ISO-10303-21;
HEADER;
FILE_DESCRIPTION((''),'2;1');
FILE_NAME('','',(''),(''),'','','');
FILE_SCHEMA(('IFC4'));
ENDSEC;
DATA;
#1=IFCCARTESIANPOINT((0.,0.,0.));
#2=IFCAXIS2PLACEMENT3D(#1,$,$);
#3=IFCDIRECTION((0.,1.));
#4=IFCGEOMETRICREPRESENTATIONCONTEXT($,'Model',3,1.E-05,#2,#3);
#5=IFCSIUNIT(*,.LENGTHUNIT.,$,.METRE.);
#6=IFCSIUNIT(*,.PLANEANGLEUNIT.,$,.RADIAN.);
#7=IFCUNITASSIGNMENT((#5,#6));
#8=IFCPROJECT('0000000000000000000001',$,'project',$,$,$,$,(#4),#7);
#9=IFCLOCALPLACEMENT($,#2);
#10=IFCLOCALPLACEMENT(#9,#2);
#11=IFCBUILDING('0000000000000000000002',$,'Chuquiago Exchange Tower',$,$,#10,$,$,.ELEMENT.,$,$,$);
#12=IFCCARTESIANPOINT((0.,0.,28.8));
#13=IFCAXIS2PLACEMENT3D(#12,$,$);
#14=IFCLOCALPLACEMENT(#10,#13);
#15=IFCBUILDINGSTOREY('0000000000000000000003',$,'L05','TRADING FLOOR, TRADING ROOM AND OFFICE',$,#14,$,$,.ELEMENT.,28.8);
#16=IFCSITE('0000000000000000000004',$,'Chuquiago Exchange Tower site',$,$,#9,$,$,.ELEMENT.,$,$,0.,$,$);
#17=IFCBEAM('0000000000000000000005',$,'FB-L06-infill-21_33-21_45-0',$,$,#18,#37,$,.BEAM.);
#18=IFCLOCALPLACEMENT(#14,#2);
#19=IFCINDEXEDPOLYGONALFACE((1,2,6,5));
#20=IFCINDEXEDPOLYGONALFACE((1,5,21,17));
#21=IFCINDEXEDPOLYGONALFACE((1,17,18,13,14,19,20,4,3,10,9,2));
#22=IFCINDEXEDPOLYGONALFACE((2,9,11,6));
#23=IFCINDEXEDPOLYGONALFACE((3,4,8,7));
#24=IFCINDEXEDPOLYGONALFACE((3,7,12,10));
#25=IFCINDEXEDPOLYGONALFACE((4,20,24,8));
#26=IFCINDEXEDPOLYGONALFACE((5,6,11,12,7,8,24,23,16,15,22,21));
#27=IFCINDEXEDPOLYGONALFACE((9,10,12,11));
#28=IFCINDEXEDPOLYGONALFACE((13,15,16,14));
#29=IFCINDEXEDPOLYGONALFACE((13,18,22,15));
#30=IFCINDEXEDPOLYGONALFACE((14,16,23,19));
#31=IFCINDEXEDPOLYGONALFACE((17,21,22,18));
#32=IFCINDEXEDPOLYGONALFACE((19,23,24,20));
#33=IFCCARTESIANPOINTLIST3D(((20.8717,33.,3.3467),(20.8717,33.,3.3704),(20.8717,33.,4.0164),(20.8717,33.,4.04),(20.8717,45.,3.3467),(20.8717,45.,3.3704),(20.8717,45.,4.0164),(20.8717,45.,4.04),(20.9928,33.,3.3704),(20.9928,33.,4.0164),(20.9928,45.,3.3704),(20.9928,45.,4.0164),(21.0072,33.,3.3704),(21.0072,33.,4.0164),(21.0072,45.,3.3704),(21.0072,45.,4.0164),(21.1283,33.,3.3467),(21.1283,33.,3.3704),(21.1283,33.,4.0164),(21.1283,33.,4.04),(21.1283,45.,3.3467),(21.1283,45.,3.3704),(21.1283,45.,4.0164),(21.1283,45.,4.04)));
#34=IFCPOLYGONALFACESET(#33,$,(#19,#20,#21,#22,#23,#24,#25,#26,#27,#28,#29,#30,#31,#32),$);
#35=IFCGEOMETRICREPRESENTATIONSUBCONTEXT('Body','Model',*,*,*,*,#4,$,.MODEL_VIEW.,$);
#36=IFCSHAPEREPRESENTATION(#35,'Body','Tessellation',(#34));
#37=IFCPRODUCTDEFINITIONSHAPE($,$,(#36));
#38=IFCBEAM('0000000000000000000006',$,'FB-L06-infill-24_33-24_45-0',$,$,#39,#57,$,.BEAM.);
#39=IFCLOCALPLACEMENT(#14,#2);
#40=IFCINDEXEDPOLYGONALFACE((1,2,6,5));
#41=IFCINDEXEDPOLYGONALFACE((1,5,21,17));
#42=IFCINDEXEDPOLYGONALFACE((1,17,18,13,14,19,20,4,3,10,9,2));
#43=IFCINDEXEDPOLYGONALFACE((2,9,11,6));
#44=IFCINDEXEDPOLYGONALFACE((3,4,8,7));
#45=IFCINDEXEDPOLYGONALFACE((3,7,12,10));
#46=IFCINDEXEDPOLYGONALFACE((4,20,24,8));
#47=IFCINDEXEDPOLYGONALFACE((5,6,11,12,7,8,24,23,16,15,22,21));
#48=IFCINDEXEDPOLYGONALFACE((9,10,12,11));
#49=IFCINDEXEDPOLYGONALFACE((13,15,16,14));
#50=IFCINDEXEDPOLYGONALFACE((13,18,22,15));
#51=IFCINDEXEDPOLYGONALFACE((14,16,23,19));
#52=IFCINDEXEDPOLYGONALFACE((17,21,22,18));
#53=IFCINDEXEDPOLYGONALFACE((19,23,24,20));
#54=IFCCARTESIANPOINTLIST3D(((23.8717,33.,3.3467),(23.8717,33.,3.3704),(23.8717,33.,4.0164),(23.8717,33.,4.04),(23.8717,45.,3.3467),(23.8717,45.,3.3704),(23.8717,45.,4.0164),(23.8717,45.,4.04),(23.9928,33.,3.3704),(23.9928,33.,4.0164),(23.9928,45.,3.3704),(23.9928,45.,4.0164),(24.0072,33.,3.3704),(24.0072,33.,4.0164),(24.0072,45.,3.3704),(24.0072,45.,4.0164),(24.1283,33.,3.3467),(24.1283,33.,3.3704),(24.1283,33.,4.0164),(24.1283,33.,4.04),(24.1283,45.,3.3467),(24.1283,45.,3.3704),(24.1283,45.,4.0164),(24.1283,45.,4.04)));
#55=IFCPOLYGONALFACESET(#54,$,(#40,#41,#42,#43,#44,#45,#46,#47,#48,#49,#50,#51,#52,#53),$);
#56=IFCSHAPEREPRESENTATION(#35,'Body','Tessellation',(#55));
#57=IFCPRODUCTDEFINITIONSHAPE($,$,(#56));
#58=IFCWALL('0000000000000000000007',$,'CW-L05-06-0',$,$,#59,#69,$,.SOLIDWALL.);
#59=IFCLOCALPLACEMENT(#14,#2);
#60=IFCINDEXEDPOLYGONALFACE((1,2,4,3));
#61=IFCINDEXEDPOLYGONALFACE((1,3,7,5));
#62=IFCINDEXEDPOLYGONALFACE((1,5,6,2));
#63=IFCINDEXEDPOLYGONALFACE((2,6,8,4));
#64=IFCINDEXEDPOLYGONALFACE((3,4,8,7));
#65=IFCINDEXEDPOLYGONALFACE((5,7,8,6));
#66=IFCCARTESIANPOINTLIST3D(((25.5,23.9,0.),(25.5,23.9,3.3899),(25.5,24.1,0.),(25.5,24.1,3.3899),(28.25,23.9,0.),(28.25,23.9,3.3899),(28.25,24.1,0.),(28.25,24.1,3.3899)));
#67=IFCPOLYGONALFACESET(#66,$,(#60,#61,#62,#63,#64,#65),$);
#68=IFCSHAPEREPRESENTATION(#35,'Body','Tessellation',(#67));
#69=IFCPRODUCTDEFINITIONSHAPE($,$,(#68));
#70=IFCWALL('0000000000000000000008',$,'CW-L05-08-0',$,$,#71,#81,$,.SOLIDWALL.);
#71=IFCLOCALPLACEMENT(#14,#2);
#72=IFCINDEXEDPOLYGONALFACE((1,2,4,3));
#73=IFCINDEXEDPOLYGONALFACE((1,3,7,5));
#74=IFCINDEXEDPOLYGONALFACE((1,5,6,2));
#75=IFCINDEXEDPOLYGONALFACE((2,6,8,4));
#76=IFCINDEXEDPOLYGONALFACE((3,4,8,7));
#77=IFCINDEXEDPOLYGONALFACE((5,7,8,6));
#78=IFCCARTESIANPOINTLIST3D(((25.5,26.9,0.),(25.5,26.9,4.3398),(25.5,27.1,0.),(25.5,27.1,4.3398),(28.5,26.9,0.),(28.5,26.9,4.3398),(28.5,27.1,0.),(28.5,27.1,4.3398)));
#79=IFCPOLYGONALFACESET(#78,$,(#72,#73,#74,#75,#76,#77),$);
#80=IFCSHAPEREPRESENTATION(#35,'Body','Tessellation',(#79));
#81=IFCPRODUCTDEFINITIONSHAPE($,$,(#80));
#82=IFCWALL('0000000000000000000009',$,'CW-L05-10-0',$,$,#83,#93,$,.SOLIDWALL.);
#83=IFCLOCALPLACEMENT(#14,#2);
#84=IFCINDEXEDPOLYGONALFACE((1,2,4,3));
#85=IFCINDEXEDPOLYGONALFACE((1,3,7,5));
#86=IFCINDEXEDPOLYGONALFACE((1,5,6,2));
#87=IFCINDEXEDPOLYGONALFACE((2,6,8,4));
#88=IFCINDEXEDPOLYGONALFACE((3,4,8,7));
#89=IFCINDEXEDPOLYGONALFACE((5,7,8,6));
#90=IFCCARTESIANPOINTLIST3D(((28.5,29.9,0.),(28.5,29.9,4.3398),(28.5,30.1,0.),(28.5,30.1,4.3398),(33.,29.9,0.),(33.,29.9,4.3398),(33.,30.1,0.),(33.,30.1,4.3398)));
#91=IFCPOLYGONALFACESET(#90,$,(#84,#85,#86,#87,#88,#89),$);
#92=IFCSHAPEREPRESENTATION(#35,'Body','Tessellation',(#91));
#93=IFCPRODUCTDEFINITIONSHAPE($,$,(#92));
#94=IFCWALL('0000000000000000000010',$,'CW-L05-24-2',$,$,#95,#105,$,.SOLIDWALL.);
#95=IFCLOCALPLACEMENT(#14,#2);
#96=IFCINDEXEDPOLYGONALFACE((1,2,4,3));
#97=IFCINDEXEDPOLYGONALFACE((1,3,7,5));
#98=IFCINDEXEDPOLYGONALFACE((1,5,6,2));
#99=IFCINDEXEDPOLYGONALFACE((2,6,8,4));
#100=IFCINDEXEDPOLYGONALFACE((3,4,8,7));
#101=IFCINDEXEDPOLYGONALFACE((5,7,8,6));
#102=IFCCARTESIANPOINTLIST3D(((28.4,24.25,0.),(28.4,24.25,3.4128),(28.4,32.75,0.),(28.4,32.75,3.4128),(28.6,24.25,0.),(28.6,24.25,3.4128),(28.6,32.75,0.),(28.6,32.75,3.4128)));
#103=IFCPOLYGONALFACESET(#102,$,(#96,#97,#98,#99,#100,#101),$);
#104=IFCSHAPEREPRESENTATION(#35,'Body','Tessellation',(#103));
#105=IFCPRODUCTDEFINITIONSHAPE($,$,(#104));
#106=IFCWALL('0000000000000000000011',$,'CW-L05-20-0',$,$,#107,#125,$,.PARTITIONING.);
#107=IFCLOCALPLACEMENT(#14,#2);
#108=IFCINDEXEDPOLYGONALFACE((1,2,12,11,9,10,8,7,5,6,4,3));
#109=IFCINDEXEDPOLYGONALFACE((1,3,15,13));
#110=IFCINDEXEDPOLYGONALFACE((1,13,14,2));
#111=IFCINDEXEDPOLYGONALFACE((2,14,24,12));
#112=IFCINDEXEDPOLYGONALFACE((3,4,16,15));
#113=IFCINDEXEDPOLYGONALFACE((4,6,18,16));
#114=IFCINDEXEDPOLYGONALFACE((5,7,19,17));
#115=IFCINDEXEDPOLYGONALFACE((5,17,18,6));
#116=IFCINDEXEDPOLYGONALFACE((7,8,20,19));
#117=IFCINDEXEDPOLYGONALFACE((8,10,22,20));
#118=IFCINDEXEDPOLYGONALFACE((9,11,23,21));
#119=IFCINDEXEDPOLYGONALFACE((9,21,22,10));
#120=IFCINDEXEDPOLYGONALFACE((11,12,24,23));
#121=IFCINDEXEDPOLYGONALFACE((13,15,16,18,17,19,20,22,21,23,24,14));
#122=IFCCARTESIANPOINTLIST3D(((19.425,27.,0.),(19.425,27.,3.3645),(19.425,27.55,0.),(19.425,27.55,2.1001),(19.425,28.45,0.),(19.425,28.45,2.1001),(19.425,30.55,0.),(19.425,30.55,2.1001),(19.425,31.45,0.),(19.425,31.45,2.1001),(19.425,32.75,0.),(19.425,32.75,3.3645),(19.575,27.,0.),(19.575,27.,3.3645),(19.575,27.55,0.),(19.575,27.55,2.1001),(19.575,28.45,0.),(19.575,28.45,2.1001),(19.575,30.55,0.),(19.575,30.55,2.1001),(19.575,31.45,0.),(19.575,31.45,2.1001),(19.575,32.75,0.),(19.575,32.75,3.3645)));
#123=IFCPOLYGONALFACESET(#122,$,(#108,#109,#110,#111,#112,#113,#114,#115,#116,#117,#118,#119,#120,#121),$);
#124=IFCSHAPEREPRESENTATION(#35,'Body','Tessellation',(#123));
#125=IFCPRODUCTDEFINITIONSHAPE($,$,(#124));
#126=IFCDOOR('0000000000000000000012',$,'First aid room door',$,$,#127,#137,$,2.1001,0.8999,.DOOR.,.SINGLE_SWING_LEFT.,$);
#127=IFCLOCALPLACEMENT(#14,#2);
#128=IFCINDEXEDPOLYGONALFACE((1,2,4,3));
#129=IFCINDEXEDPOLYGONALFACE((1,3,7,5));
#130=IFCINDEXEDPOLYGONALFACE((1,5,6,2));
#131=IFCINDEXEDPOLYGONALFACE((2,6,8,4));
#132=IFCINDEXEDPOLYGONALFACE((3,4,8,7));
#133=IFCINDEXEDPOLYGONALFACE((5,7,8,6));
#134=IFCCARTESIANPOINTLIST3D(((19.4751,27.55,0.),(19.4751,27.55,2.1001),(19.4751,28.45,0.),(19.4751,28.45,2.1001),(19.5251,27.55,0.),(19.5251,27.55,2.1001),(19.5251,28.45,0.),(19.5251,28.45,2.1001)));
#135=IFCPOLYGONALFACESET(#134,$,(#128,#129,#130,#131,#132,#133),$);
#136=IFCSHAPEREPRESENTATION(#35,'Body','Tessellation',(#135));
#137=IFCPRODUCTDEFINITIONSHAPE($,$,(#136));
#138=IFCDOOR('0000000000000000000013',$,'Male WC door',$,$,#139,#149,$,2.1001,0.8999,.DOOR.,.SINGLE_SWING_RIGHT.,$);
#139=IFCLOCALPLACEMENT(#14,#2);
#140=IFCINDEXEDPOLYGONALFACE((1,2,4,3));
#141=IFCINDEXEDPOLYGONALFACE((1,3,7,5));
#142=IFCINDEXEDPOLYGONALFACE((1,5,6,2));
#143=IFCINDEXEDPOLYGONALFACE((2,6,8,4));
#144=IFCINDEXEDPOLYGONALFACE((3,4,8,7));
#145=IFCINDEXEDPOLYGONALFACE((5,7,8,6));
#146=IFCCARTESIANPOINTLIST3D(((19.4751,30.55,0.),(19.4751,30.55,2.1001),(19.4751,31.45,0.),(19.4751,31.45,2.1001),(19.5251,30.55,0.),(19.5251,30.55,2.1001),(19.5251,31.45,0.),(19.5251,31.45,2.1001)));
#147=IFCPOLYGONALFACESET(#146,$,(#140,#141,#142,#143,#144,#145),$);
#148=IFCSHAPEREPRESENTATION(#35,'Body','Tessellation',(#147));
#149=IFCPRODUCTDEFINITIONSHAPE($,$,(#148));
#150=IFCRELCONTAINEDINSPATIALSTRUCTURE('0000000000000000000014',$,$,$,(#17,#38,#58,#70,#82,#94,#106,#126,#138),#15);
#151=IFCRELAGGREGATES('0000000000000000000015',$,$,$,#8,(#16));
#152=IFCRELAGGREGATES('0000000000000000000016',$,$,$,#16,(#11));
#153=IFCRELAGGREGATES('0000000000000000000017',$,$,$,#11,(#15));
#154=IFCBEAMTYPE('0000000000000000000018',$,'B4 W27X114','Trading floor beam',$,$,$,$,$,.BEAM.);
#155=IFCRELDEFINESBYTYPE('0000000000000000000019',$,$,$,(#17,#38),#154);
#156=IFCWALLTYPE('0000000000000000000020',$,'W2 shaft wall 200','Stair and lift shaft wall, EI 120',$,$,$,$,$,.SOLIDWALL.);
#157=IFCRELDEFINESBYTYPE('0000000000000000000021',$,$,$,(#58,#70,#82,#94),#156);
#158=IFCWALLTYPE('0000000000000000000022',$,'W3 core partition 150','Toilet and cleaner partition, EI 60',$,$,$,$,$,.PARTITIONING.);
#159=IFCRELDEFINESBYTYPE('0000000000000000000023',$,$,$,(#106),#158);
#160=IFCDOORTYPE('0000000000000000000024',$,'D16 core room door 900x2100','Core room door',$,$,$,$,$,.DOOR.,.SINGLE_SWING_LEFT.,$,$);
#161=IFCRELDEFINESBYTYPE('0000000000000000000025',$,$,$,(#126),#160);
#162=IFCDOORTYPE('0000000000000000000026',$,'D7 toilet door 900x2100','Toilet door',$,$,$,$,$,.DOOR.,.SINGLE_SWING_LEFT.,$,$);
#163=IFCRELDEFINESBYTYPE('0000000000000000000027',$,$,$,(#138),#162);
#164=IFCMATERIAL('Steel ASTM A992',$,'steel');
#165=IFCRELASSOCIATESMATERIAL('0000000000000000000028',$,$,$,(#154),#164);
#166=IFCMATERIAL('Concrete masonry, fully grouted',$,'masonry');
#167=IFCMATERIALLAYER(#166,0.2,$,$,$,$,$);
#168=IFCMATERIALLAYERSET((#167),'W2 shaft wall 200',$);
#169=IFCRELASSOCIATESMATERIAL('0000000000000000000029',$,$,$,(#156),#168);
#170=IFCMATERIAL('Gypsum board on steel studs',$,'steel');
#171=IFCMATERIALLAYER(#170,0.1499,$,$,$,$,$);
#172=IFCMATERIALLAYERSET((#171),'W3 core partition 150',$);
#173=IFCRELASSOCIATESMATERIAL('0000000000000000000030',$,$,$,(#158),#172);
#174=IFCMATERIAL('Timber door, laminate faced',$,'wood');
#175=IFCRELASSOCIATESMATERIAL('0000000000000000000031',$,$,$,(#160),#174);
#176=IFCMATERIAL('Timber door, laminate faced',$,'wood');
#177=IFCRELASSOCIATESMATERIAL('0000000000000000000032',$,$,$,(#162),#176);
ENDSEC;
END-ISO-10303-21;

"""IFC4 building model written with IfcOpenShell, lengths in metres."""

from ifc_helpers import new_model, si_unit, direction, frame, frame_2d, origin, origin_2d, place, context, subcontext, project, spatial, rectangle, i_section, extrude, material, layer, layer_set, material_profile, profile_set, type_object, element, fill, save


model = new_model("IFC4")

# Units and contexts
model_context = context("Model", 3, precision=1e-05, world=origin(), true_north=direction((0.0, 1.0)))
body_context = subcontext(model_context, "Body", "Model", "MODEL_VIEW")
ifc_project = project(units=[si_unit("LENGTHUNIT", "METRE"), si_unit("PLANEANGLEUNIT", "RADIAN")], contexts=[model_context])

# Site, building, storey
site_placement = place(None, origin())
site = spatial("IfcSite", under=ifc_project, at=site_placement, Name="Chuquiago Exchange Tower site", CompositionType="ELEMENT", RefElevation=0.0)
building_placement = place(site_placement, origin())
building = spatial("IfcBuilding", under=site, at=building_placement, Name="Chuquiago Exchange Tower", CompositionType="ELEMENT")
storey_placement = place(building_placement, frame((0.0, 0.0, 28.8)))
storey = spatial("IfcBuildingStorey", under=building, at=storey_placement, Name="L05", Description="TRADING FLOOR, TRADING ROOM AND OFFICE", CompositionType="ELEMENT", Elevation=28.8)

# Beams
ifc_material_1 = material(Name="Steel ASTM A992", Category="steel")
ifc_material_profile_1 = material_profile(ifc_material_1, i_section(OverallWidth=0.2566, OverallDepth=0.6934, WebThickness=0.0144, FlangeThickness=0.0237, at=origin_2d()), Name="W27X114")
ifc_profile_set_1 = profile_set([ifc_material_profile_1], Name="Steel ASTM A992")
beam_type_1 = type_object("IfcBeamType", Name="B4 W27X114", Description="Trading floor beam", PredefinedType="BEAM", material=ifc_profile_set_1)
for number, where, z_axis, x_axis, name in (
    (1, (21.0, 33.0, 3.6934), (0.0, 1.0, 0.0), (-1.0, 0.0, 0.0), "FB-L06-infill-21_33-21_45-0"),
    (2, (24.0, 33.0, 3.6934), (0.0, 1.0, 0.0), (-1.0, 0.0, 0.0), "FB-L06-infill-24_33-24_45-0"),
):
    element("IfcBeam", number, at=place(storey_placement, frame(where, z_axis=z_axis, x_axis=x_axis)), inside=storey, type_object=beam_type_1, Name=name, PredefinedType="BEAM", context=body_context, shape_type="SweptSolid", body=[
        extrude(i_section(OverallWidth=0.2566, OverallDepth=0.6934, WebThickness=0.0144, FlangeThickness=0.0237, at=origin_2d()), origin(), (0.0, 0.0, 1.0), 12.0),
    ])

# Walls
ifc_material_2 = material(Name="Concrete masonry, fully grouted", Category="masonry")
ifc_layer_1 = layer(ifc_material_2, 0.2)
ifc_layer_set_1 = layer_set([ifc_layer_1], Name="W2 shaft wall 200")
wall_type_1 = type_object("IfcWallType", Name="W2 shaft wall 200", Description="Stair and lift shaft wall, EI 120", PredefinedType="SOLIDWALL", material=ifc_layer_set_1)
wall_1_placement = place(storey_placement, frame((25.5, 24.0, 0.0), z_axis=(0.0, 0.0, 1.0), x_axis=(1.0, 0.0, 0.0)))
element("IfcWall", 3, at=wall_1_placement, inside=storey, type_object=wall_type_1, Name="CW-L05-06-0", PredefinedType="SOLIDWALL", context=body_context, shape_type="SweptSolid", body=[
    extrude(rectangle(XDim=2.75, YDim=0.2, at=frame_2d((1.375, 0.0))), origin(), (0.0, 0.0, 1.0), 3.3899),
])
wall_2_placement = place(storey_placement, frame((25.5, 27.0, 0.0), z_axis=(0.0, 0.0, 1.0), x_axis=(1.0, 0.0, 0.0)))
element("IfcWall", 4, at=wall_2_placement, inside=storey, type_object=wall_type_1, Name="CW-L05-08-0", PredefinedType="SOLIDWALL", context=body_context, shape_type="SweptSolid", body=[
    extrude(rectangle(XDim=3.0, YDim=0.2, at=frame_2d((1.5, 0.0))), origin(), (0.0, 0.0, 1.0), 4.3398),
])
wall_3_placement = place(storey_placement, frame((28.5, 30.0, 0.0), z_axis=(0.0, 0.0, 1.0), x_axis=(1.0, 0.0, 0.0)))
element("IfcWall", 5, at=wall_3_placement, inside=storey, type_object=wall_type_1, Name="CW-L05-10-0", PredefinedType="SOLIDWALL", context=body_context, shape_type="SweptSolid", body=[
    extrude(rectangle(XDim=4.5, YDim=0.2, at=frame_2d((2.25, 0.0))), origin(), (0.0, 0.0, 1.0), 4.3398),
])
wall_4_placement = place(storey_placement, frame((28.5, 24.25, 0.0), z_axis=(0.0, 0.0, 1.0), x_axis=(0.0, 1.0, 0.0)))
element("IfcWall", 6, at=wall_4_placement, inside=storey, type_object=wall_type_1, Name="CW-L05-24-2", PredefinedType="SOLIDWALL", context=body_context, shape_type="SweptSolid", body=[
    extrude(rectangle(XDim=8.5, YDim=0.2, at=frame_2d((4.25, 0.0))), origin(), (0.0, 0.0, 1.0), 3.4128),
])

# Wall, openings, doors
ifc_material_3 = material(Name="Gypsum board on steel studs", Category="steel")
ifc_layer_2 = layer(ifc_material_3, 0.1499)
ifc_layer_set_2 = layer_set([ifc_layer_2], Name="W3 core partition 150")
wall_type_2 = type_object("IfcWallType", Name="W3 core partition 150", Description="Toilet and cleaner partition, EI 60", PredefinedType="PARTITIONING", material=ifc_layer_set_2)
wall_5_placement = place(storey_placement, frame((19.5, 27.0, 0.0), z_axis=(0.0, 0.0, 1.0), x_axis=(0.0, 1.0, 0.0)))
wall_5 = element("IfcWall", 7, at=wall_5_placement, inside=storey, type_object=wall_type_2, Name="CW-L05-20-0", PredefinedType="PARTITIONING", context=body_context, shape_type="SweptSolid", body=[
    extrude(rectangle(XDim=5.75, YDim=0.1499, at=frame_2d((2.875, 0.0))), origin(), (0.0, 0.0, 1.0), 3.3645),
])
opening_1_placement = place(wall_5_placement, frame((0.55, 0.0, 0.0)))
opening_1 = element("IfcOpeningElement", 8, at=opening_1_placement, cuts=wall_5, PredefinedType="OPENING", context=body_context, shape_type="SweptSolid", body=[
    extrude(rectangle(XDim=0.8999, YDim=2.1001, at=frame_2d((0.45, 1.05))), frame((0.0, 0.085, 0.0), z_axis=(0.0, -1.0, 0.0), x_axis=(1.0, 0.0, 0.0)), (0.0, 0.0, 1.0), 0.1699),
])
opening_2_placement = place(wall_5_placement, frame((3.55, 0.0, 0.0)))
opening_2 = element("IfcOpeningElement", 9, at=opening_2_placement, cuts=wall_5, PredefinedType="OPENING", context=body_context, shape_type="SweptSolid", body=[
    extrude(rectangle(XDim=0.8999, YDim=2.1001, at=frame_2d((0.45, 1.05))), frame((0.0, 0.085, 0.0), z_axis=(0.0, -1.0, 0.0), x_axis=(1.0, 0.0, 0.0)), (0.0, 0.0, 1.0), 0.1699),
])
ifc_material_4 = material(Name="Timber door, laminate faced", Category="wood")
door_type_1 = type_object("IfcDoorType", Name="D16 core room door 900x2100", Description="Core room door", OperationType="SINGLE_SWING_LEFT", PredefinedType="DOOR", material=ifc_material_4)
door_1_placement = place(opening_1_placement, origin())
door_1 = element("IfcDoor", 10, at=door_1_placement, inside=storey, type_object=door_type_1, Name="First aid room door", OperationType="SINGLE_SWING_LEFT", OverallHeight=2.1001, OverallWidth=0.8999, PredefinedType="DOOR", context=body_context, shape_type="SweptSolid", body=[
    extrude(rectangle(XDim=0.8999, YDim=2.1001, at=frame_2d((0.45, 1.05))), frame((0.0, 0.0249, 0.0), z_axis=(0.0, -1.0, 0.0), x_axis=(1.0, 0.0, 0.0)), (0.0, 0.0, 1.0), 0.05),
])
fill(opening_1, door_1)
ifc_material_5 = material(Name="Timber door, laminate faced", Category="wood")
door_type_2 = type_object("IfcDoorType", Name="D7 toilet door 900x2100", Description="Toilet door", OperationType="SINGLE_SWING_LEFT", PredefinedType="DOOR", material=ifc_material_5)
door_2_placement = place(opening_2_placement, origin())
door_2 = element("IfcDoor", 11, at=door_2_placement, inside=storey, type_object=door_type_2, Name="Male WC door", OperationType="SINGLE_SWING_RIGHT", OverallHeight=2.1001, OverallWidth=0.8999, PredefinedType="DOOR", context=body_context, shape_type="SweptSolid", body=[
    extrude(rectangle(XDim=0.8999, YDim=2.1001, at=frame_2d((0.45, 1.05))), frame((0.0, 0.0249, 0.0), z_axis=(0.0, -1.0, 0.0), x_axis=(1.0, 0.0, 0.0)), (0.0, 0.0, 1.0), 0.05),
])
fill(opening_2, door_2)

save(model, "model.ifc")
